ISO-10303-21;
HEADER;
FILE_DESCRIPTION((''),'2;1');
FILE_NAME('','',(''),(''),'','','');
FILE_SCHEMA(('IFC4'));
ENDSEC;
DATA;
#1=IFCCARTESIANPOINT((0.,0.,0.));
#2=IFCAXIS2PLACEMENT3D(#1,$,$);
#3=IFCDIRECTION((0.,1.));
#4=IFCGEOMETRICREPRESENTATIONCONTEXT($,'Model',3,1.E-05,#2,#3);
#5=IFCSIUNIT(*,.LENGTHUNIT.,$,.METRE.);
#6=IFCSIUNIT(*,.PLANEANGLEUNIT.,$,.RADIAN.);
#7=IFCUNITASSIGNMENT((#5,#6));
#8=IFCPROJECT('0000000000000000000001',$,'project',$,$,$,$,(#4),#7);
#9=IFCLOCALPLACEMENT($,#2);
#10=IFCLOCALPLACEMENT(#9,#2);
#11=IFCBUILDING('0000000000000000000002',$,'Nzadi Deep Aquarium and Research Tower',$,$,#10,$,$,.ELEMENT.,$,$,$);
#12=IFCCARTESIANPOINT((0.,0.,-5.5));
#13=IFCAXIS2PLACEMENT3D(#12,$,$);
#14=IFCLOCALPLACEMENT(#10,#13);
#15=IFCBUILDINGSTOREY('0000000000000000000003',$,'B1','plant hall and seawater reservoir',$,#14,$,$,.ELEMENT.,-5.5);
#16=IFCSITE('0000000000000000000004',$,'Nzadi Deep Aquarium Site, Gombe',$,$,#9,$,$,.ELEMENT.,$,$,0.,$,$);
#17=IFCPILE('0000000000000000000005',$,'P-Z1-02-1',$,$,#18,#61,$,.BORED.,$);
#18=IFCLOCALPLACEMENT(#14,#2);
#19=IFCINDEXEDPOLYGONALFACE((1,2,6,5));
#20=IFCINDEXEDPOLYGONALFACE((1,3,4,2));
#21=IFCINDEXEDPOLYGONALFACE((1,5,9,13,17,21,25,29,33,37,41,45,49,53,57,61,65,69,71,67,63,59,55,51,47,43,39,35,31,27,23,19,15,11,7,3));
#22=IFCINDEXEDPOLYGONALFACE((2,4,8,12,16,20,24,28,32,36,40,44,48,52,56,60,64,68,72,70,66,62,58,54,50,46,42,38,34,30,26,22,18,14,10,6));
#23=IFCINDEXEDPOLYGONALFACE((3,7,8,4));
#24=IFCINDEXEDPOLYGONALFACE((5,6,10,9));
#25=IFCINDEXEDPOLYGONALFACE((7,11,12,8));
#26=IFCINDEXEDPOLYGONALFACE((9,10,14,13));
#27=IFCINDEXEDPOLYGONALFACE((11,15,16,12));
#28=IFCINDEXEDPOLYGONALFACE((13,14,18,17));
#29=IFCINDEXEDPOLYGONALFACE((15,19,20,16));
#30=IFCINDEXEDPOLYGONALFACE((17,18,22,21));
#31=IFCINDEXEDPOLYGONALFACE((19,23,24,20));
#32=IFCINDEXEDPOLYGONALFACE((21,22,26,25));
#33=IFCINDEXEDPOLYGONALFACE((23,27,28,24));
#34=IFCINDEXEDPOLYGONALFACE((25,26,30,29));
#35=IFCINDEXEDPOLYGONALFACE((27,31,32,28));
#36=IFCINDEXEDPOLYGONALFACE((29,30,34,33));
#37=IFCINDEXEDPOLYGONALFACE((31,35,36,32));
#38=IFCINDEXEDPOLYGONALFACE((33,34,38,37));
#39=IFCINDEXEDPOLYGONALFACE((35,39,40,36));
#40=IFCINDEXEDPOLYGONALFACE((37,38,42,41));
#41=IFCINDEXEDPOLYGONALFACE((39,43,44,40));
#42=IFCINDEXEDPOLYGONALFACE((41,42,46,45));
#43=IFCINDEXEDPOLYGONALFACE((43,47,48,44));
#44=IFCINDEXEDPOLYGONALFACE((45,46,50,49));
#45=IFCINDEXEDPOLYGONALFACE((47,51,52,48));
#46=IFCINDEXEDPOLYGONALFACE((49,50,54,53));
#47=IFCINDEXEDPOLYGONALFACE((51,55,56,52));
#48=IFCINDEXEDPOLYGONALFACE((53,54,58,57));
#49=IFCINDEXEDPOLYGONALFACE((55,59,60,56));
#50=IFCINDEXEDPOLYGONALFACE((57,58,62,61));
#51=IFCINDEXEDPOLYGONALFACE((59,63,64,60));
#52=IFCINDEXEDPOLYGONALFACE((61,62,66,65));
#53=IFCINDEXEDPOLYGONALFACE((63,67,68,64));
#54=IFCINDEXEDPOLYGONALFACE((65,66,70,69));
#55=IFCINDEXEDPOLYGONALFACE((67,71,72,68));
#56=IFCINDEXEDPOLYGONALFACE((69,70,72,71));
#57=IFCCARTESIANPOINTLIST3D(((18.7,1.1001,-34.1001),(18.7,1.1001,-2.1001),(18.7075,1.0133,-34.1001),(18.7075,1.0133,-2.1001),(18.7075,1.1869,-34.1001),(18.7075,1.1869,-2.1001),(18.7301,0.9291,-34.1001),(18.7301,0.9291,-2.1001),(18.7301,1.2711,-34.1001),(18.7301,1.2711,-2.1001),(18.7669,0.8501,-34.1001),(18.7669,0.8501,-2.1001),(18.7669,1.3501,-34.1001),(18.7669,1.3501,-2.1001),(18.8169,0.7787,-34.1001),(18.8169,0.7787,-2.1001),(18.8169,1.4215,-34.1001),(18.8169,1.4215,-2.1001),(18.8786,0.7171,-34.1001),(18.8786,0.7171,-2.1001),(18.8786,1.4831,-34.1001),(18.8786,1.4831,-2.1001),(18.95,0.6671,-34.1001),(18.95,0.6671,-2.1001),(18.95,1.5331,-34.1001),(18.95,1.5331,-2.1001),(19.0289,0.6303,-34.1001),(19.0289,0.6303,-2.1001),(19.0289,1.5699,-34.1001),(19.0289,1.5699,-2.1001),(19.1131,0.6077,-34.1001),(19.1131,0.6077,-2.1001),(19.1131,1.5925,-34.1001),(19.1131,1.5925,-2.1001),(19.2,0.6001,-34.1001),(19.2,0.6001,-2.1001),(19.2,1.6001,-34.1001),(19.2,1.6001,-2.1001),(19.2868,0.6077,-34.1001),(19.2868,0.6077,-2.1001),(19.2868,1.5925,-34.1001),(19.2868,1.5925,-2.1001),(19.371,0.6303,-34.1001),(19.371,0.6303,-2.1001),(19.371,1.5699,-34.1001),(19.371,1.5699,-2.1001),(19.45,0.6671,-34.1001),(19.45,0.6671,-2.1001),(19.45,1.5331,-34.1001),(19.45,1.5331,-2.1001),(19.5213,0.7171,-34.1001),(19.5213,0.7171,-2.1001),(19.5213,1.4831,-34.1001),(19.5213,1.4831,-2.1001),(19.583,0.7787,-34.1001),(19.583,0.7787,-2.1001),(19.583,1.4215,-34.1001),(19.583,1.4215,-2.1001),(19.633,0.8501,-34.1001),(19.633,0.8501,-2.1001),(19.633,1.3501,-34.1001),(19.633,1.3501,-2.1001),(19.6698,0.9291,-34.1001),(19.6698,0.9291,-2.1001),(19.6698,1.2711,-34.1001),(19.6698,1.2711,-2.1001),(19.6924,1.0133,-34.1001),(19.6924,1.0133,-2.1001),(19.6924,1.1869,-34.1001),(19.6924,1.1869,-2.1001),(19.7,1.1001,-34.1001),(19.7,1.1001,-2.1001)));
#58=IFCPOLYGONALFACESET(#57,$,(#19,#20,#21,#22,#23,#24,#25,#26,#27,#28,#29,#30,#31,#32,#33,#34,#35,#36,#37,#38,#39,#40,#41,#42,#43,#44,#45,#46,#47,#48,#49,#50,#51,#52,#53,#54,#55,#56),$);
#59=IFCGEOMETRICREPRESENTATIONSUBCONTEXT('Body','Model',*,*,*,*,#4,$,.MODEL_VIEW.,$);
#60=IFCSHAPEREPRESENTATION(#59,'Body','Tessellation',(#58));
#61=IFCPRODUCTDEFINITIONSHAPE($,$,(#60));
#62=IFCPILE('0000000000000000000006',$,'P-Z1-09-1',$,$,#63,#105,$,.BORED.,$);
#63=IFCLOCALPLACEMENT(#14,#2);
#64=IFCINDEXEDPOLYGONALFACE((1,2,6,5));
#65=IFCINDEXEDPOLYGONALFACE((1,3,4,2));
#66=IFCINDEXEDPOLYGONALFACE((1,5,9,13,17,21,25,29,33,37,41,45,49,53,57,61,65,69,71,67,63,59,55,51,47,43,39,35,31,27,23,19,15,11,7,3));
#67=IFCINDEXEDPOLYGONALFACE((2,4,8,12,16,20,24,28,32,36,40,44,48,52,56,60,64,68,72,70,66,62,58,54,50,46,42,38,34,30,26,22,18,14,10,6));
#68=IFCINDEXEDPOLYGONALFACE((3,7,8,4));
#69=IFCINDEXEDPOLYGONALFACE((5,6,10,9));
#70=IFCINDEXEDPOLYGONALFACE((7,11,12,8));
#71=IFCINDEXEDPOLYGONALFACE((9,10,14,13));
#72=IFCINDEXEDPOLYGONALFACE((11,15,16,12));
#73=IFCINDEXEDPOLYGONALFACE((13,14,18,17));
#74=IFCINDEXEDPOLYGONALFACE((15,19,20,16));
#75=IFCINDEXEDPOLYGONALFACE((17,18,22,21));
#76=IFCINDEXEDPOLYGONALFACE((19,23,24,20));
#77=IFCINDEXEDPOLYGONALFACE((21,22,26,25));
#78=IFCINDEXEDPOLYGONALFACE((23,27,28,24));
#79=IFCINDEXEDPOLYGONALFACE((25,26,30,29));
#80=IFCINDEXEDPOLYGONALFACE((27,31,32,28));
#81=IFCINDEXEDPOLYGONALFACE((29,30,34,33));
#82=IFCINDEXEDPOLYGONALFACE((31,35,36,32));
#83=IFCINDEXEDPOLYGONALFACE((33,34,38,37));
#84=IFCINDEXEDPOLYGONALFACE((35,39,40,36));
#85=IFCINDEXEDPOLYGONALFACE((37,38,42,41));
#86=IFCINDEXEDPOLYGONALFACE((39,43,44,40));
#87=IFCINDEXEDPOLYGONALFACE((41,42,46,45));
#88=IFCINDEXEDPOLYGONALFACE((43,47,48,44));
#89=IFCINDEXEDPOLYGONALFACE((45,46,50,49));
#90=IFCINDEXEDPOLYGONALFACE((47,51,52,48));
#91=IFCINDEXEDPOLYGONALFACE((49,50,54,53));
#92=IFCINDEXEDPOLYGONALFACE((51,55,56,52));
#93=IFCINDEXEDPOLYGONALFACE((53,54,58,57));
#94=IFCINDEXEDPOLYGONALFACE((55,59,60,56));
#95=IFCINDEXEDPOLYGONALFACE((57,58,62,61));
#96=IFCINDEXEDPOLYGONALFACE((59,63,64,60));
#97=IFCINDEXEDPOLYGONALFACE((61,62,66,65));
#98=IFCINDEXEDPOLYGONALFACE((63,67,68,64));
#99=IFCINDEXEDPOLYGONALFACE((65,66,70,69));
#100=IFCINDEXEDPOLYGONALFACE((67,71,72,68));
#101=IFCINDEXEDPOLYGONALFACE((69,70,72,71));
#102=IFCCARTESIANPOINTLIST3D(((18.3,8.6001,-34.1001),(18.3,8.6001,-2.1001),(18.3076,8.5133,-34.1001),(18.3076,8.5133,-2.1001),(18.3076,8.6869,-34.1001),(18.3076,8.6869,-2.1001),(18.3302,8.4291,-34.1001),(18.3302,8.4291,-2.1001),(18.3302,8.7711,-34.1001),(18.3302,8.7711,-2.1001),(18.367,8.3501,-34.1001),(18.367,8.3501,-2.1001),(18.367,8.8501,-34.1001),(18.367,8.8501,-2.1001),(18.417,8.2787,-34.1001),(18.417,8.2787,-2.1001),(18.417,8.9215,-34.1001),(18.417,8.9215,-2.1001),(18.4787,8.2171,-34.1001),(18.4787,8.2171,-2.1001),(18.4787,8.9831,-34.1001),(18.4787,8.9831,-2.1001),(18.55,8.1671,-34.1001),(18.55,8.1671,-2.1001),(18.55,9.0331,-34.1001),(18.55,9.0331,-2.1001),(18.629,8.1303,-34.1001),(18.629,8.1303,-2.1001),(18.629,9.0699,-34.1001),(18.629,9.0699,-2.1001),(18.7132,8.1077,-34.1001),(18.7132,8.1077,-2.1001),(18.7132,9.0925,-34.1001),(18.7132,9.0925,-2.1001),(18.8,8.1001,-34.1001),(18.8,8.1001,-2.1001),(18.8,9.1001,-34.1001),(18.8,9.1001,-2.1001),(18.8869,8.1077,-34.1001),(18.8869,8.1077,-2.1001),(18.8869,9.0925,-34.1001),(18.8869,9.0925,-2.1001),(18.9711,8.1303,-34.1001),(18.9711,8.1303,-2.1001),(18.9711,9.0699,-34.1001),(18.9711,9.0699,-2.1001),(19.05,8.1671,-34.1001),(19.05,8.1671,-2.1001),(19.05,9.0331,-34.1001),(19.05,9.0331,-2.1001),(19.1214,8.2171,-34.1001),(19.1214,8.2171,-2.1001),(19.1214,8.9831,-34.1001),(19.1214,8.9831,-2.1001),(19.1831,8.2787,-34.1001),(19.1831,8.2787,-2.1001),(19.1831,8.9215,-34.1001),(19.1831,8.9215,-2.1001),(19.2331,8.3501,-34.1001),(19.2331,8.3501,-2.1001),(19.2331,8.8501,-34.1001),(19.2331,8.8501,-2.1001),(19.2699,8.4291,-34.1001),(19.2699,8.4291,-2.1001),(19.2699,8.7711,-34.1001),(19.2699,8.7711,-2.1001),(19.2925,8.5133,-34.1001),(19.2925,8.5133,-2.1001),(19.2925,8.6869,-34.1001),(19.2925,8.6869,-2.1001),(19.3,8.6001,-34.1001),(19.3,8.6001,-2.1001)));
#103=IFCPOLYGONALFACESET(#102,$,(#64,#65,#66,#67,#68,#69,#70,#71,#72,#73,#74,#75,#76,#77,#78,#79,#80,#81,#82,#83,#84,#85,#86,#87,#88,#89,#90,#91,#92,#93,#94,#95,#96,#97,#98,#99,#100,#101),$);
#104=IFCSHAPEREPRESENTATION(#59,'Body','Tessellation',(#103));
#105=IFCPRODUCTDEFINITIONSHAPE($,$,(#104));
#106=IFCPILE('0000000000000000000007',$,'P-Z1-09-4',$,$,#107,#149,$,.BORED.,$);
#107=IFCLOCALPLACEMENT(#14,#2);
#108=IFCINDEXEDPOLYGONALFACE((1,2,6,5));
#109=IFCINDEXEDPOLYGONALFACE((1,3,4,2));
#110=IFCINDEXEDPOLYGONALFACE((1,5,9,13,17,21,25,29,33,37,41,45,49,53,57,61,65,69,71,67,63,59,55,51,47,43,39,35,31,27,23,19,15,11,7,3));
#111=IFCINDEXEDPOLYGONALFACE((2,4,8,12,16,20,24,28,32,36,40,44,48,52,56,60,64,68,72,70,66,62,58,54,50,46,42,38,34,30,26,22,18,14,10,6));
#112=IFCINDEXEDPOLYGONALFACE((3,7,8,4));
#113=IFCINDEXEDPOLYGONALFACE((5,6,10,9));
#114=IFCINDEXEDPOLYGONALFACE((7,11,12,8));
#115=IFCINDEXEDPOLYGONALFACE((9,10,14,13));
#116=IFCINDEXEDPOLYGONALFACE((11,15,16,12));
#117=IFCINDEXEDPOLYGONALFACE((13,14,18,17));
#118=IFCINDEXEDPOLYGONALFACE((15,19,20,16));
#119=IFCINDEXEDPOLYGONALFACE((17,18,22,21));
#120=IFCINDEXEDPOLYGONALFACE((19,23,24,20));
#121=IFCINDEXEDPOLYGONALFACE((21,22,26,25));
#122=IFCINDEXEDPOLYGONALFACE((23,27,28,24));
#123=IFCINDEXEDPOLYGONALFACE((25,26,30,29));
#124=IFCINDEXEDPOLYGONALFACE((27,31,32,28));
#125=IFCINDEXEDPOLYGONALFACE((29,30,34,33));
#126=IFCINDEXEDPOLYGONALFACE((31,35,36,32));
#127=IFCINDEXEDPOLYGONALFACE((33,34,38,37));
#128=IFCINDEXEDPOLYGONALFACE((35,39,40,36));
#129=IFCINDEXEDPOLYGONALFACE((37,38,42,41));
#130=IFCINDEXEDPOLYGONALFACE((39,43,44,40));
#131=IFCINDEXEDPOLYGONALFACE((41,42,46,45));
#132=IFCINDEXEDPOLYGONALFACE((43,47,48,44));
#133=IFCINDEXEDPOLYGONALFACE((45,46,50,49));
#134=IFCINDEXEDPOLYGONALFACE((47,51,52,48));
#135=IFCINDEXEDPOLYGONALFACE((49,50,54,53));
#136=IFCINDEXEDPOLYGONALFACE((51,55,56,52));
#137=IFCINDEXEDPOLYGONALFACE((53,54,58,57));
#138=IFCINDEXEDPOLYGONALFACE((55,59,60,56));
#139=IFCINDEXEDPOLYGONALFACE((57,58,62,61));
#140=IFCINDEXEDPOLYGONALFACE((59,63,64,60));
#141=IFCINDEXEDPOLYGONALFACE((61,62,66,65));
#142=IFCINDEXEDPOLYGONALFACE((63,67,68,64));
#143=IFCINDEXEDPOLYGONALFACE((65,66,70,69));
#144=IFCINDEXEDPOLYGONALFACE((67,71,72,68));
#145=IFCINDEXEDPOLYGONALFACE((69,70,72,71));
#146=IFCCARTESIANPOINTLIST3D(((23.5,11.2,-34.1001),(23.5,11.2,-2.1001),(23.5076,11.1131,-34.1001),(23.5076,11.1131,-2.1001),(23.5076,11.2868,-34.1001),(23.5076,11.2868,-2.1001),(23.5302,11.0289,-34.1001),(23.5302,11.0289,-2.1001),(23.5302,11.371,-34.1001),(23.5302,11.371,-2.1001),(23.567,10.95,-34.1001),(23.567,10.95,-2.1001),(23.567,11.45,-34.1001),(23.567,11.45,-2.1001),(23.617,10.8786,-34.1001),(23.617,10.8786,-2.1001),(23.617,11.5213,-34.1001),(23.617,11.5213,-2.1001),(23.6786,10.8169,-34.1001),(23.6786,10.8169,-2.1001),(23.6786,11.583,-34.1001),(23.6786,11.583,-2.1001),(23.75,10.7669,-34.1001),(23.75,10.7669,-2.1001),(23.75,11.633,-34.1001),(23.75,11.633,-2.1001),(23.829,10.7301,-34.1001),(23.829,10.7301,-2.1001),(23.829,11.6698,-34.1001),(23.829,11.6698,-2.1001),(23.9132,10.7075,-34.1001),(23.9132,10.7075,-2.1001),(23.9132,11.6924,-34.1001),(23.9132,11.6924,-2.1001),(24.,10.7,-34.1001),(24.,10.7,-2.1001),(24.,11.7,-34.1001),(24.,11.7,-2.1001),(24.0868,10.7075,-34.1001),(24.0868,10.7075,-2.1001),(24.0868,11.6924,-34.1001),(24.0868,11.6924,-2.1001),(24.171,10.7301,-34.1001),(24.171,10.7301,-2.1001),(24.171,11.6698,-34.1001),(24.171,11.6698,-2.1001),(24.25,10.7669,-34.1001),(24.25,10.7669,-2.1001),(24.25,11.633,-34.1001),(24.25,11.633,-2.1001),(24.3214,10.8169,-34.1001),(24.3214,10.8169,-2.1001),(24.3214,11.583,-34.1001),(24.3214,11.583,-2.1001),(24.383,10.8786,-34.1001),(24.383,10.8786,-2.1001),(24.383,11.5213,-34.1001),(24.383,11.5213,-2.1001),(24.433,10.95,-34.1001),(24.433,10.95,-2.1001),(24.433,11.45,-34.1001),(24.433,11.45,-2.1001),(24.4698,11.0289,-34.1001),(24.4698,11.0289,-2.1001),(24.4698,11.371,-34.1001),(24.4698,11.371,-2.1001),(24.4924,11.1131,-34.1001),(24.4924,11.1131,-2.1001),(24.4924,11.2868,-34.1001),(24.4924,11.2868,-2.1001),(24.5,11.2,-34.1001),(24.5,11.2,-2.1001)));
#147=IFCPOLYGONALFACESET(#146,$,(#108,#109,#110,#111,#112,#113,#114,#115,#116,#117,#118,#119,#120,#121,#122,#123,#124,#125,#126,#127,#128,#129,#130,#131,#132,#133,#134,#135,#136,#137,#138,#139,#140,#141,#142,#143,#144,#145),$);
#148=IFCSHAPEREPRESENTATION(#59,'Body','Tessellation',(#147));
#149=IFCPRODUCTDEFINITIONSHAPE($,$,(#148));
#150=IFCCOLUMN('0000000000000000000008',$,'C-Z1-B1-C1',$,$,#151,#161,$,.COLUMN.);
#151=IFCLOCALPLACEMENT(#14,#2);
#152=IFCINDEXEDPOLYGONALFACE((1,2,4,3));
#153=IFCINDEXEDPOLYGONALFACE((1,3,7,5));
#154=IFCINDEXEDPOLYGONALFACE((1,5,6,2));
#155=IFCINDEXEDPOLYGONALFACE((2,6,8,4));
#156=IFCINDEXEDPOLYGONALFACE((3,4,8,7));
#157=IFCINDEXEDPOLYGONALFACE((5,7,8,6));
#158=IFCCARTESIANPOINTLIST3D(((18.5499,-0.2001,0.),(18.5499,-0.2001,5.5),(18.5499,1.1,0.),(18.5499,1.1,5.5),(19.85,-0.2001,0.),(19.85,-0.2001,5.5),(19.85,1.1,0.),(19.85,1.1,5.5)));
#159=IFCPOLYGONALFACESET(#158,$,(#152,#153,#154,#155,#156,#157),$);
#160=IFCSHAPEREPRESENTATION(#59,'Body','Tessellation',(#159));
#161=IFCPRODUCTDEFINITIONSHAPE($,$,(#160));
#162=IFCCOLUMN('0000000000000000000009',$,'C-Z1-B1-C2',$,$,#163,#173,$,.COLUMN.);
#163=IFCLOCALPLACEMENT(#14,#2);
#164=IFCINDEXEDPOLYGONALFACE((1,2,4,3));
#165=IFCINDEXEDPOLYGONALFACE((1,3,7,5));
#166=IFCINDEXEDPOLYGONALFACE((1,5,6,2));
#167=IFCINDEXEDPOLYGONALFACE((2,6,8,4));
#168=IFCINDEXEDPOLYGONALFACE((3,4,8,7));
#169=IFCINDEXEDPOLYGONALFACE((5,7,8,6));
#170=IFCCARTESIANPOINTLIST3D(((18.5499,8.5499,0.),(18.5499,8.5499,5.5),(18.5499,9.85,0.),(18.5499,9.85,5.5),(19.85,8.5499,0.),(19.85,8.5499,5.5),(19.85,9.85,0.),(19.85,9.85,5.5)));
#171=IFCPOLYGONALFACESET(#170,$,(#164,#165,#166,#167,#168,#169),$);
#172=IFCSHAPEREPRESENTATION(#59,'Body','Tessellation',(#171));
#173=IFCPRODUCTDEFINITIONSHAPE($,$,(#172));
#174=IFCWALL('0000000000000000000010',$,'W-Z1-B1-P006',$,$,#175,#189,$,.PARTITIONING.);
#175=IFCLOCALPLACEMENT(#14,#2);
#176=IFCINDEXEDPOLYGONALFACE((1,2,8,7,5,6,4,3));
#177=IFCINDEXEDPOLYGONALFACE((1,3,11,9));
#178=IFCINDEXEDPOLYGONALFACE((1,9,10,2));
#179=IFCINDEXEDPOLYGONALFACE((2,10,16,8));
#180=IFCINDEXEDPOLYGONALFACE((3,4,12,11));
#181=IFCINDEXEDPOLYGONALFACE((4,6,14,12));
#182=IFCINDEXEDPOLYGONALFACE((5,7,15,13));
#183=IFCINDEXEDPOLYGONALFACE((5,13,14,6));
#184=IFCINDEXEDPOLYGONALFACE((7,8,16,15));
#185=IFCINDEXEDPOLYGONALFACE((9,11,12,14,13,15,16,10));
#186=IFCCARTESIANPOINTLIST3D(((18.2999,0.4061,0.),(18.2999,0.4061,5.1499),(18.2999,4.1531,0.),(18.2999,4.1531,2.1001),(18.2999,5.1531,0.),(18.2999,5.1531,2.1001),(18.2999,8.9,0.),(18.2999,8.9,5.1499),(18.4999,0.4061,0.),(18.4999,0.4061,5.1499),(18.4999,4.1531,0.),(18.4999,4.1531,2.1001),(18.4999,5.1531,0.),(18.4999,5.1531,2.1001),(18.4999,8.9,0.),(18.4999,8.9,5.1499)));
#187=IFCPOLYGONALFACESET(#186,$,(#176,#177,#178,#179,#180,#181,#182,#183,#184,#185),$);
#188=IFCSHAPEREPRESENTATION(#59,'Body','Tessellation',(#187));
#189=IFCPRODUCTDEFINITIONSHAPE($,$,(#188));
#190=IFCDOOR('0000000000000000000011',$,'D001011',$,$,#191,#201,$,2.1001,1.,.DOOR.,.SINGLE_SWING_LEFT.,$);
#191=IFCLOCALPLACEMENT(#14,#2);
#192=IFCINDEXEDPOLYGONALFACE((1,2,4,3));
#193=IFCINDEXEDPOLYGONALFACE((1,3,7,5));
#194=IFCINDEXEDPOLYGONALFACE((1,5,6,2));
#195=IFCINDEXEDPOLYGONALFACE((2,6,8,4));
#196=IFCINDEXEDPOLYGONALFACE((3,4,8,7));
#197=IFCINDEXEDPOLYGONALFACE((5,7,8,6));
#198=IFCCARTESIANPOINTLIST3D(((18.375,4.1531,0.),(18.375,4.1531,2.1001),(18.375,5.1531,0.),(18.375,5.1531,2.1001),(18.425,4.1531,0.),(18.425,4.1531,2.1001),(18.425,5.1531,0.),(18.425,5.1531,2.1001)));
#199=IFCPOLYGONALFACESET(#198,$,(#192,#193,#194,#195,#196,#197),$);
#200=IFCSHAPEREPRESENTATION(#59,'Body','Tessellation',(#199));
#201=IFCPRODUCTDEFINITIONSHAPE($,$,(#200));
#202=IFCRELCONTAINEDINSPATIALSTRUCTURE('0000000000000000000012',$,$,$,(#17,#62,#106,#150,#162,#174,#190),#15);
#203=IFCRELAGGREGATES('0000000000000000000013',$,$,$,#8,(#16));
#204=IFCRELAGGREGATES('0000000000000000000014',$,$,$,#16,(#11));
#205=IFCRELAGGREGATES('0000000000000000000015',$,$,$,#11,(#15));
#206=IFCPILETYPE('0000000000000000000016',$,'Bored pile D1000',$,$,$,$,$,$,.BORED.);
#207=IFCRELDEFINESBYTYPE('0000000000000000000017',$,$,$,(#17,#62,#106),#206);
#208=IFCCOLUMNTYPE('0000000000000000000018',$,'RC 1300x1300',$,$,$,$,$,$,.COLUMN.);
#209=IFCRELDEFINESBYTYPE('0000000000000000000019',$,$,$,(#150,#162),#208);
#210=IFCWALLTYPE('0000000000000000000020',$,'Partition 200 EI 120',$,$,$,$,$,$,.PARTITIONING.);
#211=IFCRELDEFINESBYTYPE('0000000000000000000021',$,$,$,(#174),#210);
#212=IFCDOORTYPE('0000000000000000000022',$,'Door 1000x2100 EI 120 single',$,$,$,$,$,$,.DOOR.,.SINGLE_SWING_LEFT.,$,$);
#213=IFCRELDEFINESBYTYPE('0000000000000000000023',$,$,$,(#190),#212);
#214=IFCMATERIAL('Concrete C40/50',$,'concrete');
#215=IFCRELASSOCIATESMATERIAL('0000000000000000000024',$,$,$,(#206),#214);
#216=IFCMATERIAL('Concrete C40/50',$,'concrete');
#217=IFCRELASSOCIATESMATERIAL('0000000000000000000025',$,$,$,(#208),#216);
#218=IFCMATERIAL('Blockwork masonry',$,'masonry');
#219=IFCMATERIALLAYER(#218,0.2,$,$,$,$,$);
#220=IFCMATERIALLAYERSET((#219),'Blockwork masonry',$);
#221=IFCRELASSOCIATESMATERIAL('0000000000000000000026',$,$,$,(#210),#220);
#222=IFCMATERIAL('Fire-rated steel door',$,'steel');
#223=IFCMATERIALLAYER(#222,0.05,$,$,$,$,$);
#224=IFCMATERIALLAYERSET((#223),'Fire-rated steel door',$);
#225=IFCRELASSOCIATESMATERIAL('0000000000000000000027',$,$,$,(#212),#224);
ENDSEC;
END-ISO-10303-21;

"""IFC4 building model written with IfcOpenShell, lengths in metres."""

from ifc_helpers import new_model, si_unit, direction, frame, frame_2d, origin, origin_2d, place, context, subcontext, project, spatial, rectangle, circle, extrude, material, layer, layer_set, material_profile, profile_set, type_object, element, fill, save


model = new_model("IFC4")

# Units and contexts
model_context = context("Model", 3, precision=1e-05, world=origin(), true_north=direction((0.0, 1.0)))
body_context = subcontext(model_context, "Body", "Model", "MODEL_VIEW")
ifc_project = project(units=[si_unit("LENGTHUNIT", "METRE"), si_unit("PLANEANGLEUNIT", "RADIAN")], contexts=[model_context])

# Site, building, storey
site_placement = place(None, origin())
site = spatial("IfcSite", under=ifc_project, at=site_placement, Name="Nzadi Deep Aquarium Site, Gombe", CompositionType="ELEMENT", RefElevation=0.0)
building_placement = place(site_placement, origin())
building = spatial("IfcBuilding", under=site, at=building_placement, Name="Nzadi Deep Aquarium and Research Tower", CompositionType="ELEMENT")
storey_placement = place(building_placement, frame((0.0, 0.0, -5.5)))
storey = spatial("IfcBuildingStorey", under=building, at=storey_placement, Name="B1", Description="plant hall and seawater reservoir", CompositionType="ELEMENT", Elevation=-5.5)

# Piles
ifc_material_1 = material(Name="Concrete C40/50", Category="concrete")
ifc_material_profile_1 = material_profile(ifc_material_1, circle(Radius=0.5, at=origin_2d()))
ifc_profile_set_1 = profile_set([ifc_material_profile_1], Name="Concrete C40/50")
pile_type = type_object("IfcPileType", Name="Bored pile D1000", PredefinedType="BORED", material=ifc_profile_set_1)
for number, where, z_axis, x_axis, name in (
    (1, (19.2, 1.1001, -2.1001), (0.0, 0.0, -1.0), (1.0, 0.0, 0.0), "P-Z1-02-1"),
    (2, (18.8, 8.6001, -2.1001), (0.0, 0.0, -1.0), (1.0, 0.0, 0.0), "P-Z1-09-1"),
    (3, (24.0, 11.2, -2.1001), (0.0, 0.0, -1.0), (1.0, 0.0, 0.0), "P-Z1-09-4"),
):
    element("IfcPile", number, at=place(storey_placement, frame(where, z_axis=z_axis, x_axis=x_axis)), inside=storey, type_object=pile_type, Name=name, PredefinedType="BORED", context=body_context, shape_type="SweptSolid", body=[
        extrude(circle(Radius=0.5, at=origin_2d()), origin(), (0.0, 0.0, 1.0), 32.0),
    ])

# Columns
ifc_material_2 = material(Name="Concrete C40/50", Category="concrete")
ifc_material_profile_2 = material_profile(ifc_material_2, rectangle(XDim=1.3, YDim=1.3, at=origin_2d()))
ifc_profile_set_2 = profile_set([ifc_material_profile_2], Name="Concrete C40/50")
column_type = type_object("IfcColumnType", Name="RC 1300x1300", PredefinedType="COLUMN", material=ifc_profile_set_2)
for number, where, z_axis, x_axis, name in (
    (4, (19.2, 0.45, 0.0), (0.0, 0.0, 1.0), (1.0, 0.0, 0.0), "C-Z1-B1-C1"),
    (5, (19.2, 9.2, 0.0), (0.0, 0.0, 1.0), (1.0, 0.0, 0.0), "C-Z1-B1-C2"),
):
    element("IfcColumn", number, at=place(storey_placement, frame(where, z_axis=z_axis, x_axis=x_axis)), inside=storey, type_object=column_type, Name=name, PredefinedType="COLUMN", context=body_context, shape_type="SweptSolid", body=[
        extrude(rectangle(XDim=1.3, YDim=1.3, at=origin_2d()), origin(), (0.0, 0.0, 1.0), 5.5),
    ])

# Wall, opening, door
ifc_material_3 = material(Name="Blockwork masonry", Category="masonry")
ifc_layer_1 = layer(ifc_material_3, 0.2)
ifc_layer_set_1 = layer_set([ifc_layer_1], Name="Blockwork masonry")
wall_type_1 = type_object("IfcWallType", Name="Partition 200 EI 120", PredefinedType="PARTITIONING", material=ifc_layer_set_1)
wall_1_placement = place(storey_placement, frame((18.3999, 0.406, 0.0), z_axis=(0.0, 0.0, 1.0), x_axis=(0.0, 1.0, 0.0)))
wall_1 = element("IfcWall", 6, at=wall_1_placement, inside=storey, type_object=wall_type_1, Name="W-Z1-B1-P006", PredefinedType="PARTITIONING", context=body_context, shape_type="SweptSolid", body=[
    extrude(rectangle(XDim=8.4939, YDim=0.2, at=frame_2d((4.2471, 0.0))), origin(), (0.0, 0.0, 1.0), 5.1499),
])
opening_1_placement = place(wall_1_placement, frame((3.7471, 0.0, 0.0)))
opening_1 = element("IfcOpeningElement", 7, at=opening_1_placement, cuts=wall_1, PredefinedType="OPENING", context=body_context, shape_type="SweptSolid", body=[
    extrude(rectangle(XDim=1.0, YDim=2.1001, at=frame_2d((0.5, 1.05))), frame((0.0, 0.1101, 0.0), z_axis=(0.0, -1.0, 0.0), x_axis=(1.0, 0.0, 0.0)), (0.0, 0.0, 1.0), 0.2202),
])
ifc_material_4 = material(Name="Fire-rated steel door", Category="steel")
ifc_layer_2 = layer(ifc_material_4, 0.05)
ifc_layer_set_2 = layer_set([ifc_layer_2], Name="Fire-rated steel door")
door_type_1 = type_object("IfcDoorType", Name="Door 1000x2100 EI 120 single", OperationType="SINGLE_SWING_LEFT", PredefinedType="DOOR", material=ifc_layer_set_2)
door_1_placement = place(opening_1_placement, origin())
door_1 = element("IfcDoor", 8, at=door_1_placement, inside=storey, type_object=door_type_1, Name="D001011", OperationType="SINGLE_SWING_LEFT", OverallHeight=2.1001, OverallWidth=1.0, PredefinedType="DOOR", context=body_context, shape_type="SweptSolid", body=[
    extrude(rectangle(XDim=1.0, YDim=2.1001, at=frame_2d((0.5, 1.05))), frame((0.0, 0.0249, 0.0), z_axis=(0.0, -1.0, 0.0), x_axis=(1.0, 0.0, 0.0)), (0.0, 0.0, 1.0), 0.05),
])
fill(opening_1, door_1)

save(model, "model.ifc")
